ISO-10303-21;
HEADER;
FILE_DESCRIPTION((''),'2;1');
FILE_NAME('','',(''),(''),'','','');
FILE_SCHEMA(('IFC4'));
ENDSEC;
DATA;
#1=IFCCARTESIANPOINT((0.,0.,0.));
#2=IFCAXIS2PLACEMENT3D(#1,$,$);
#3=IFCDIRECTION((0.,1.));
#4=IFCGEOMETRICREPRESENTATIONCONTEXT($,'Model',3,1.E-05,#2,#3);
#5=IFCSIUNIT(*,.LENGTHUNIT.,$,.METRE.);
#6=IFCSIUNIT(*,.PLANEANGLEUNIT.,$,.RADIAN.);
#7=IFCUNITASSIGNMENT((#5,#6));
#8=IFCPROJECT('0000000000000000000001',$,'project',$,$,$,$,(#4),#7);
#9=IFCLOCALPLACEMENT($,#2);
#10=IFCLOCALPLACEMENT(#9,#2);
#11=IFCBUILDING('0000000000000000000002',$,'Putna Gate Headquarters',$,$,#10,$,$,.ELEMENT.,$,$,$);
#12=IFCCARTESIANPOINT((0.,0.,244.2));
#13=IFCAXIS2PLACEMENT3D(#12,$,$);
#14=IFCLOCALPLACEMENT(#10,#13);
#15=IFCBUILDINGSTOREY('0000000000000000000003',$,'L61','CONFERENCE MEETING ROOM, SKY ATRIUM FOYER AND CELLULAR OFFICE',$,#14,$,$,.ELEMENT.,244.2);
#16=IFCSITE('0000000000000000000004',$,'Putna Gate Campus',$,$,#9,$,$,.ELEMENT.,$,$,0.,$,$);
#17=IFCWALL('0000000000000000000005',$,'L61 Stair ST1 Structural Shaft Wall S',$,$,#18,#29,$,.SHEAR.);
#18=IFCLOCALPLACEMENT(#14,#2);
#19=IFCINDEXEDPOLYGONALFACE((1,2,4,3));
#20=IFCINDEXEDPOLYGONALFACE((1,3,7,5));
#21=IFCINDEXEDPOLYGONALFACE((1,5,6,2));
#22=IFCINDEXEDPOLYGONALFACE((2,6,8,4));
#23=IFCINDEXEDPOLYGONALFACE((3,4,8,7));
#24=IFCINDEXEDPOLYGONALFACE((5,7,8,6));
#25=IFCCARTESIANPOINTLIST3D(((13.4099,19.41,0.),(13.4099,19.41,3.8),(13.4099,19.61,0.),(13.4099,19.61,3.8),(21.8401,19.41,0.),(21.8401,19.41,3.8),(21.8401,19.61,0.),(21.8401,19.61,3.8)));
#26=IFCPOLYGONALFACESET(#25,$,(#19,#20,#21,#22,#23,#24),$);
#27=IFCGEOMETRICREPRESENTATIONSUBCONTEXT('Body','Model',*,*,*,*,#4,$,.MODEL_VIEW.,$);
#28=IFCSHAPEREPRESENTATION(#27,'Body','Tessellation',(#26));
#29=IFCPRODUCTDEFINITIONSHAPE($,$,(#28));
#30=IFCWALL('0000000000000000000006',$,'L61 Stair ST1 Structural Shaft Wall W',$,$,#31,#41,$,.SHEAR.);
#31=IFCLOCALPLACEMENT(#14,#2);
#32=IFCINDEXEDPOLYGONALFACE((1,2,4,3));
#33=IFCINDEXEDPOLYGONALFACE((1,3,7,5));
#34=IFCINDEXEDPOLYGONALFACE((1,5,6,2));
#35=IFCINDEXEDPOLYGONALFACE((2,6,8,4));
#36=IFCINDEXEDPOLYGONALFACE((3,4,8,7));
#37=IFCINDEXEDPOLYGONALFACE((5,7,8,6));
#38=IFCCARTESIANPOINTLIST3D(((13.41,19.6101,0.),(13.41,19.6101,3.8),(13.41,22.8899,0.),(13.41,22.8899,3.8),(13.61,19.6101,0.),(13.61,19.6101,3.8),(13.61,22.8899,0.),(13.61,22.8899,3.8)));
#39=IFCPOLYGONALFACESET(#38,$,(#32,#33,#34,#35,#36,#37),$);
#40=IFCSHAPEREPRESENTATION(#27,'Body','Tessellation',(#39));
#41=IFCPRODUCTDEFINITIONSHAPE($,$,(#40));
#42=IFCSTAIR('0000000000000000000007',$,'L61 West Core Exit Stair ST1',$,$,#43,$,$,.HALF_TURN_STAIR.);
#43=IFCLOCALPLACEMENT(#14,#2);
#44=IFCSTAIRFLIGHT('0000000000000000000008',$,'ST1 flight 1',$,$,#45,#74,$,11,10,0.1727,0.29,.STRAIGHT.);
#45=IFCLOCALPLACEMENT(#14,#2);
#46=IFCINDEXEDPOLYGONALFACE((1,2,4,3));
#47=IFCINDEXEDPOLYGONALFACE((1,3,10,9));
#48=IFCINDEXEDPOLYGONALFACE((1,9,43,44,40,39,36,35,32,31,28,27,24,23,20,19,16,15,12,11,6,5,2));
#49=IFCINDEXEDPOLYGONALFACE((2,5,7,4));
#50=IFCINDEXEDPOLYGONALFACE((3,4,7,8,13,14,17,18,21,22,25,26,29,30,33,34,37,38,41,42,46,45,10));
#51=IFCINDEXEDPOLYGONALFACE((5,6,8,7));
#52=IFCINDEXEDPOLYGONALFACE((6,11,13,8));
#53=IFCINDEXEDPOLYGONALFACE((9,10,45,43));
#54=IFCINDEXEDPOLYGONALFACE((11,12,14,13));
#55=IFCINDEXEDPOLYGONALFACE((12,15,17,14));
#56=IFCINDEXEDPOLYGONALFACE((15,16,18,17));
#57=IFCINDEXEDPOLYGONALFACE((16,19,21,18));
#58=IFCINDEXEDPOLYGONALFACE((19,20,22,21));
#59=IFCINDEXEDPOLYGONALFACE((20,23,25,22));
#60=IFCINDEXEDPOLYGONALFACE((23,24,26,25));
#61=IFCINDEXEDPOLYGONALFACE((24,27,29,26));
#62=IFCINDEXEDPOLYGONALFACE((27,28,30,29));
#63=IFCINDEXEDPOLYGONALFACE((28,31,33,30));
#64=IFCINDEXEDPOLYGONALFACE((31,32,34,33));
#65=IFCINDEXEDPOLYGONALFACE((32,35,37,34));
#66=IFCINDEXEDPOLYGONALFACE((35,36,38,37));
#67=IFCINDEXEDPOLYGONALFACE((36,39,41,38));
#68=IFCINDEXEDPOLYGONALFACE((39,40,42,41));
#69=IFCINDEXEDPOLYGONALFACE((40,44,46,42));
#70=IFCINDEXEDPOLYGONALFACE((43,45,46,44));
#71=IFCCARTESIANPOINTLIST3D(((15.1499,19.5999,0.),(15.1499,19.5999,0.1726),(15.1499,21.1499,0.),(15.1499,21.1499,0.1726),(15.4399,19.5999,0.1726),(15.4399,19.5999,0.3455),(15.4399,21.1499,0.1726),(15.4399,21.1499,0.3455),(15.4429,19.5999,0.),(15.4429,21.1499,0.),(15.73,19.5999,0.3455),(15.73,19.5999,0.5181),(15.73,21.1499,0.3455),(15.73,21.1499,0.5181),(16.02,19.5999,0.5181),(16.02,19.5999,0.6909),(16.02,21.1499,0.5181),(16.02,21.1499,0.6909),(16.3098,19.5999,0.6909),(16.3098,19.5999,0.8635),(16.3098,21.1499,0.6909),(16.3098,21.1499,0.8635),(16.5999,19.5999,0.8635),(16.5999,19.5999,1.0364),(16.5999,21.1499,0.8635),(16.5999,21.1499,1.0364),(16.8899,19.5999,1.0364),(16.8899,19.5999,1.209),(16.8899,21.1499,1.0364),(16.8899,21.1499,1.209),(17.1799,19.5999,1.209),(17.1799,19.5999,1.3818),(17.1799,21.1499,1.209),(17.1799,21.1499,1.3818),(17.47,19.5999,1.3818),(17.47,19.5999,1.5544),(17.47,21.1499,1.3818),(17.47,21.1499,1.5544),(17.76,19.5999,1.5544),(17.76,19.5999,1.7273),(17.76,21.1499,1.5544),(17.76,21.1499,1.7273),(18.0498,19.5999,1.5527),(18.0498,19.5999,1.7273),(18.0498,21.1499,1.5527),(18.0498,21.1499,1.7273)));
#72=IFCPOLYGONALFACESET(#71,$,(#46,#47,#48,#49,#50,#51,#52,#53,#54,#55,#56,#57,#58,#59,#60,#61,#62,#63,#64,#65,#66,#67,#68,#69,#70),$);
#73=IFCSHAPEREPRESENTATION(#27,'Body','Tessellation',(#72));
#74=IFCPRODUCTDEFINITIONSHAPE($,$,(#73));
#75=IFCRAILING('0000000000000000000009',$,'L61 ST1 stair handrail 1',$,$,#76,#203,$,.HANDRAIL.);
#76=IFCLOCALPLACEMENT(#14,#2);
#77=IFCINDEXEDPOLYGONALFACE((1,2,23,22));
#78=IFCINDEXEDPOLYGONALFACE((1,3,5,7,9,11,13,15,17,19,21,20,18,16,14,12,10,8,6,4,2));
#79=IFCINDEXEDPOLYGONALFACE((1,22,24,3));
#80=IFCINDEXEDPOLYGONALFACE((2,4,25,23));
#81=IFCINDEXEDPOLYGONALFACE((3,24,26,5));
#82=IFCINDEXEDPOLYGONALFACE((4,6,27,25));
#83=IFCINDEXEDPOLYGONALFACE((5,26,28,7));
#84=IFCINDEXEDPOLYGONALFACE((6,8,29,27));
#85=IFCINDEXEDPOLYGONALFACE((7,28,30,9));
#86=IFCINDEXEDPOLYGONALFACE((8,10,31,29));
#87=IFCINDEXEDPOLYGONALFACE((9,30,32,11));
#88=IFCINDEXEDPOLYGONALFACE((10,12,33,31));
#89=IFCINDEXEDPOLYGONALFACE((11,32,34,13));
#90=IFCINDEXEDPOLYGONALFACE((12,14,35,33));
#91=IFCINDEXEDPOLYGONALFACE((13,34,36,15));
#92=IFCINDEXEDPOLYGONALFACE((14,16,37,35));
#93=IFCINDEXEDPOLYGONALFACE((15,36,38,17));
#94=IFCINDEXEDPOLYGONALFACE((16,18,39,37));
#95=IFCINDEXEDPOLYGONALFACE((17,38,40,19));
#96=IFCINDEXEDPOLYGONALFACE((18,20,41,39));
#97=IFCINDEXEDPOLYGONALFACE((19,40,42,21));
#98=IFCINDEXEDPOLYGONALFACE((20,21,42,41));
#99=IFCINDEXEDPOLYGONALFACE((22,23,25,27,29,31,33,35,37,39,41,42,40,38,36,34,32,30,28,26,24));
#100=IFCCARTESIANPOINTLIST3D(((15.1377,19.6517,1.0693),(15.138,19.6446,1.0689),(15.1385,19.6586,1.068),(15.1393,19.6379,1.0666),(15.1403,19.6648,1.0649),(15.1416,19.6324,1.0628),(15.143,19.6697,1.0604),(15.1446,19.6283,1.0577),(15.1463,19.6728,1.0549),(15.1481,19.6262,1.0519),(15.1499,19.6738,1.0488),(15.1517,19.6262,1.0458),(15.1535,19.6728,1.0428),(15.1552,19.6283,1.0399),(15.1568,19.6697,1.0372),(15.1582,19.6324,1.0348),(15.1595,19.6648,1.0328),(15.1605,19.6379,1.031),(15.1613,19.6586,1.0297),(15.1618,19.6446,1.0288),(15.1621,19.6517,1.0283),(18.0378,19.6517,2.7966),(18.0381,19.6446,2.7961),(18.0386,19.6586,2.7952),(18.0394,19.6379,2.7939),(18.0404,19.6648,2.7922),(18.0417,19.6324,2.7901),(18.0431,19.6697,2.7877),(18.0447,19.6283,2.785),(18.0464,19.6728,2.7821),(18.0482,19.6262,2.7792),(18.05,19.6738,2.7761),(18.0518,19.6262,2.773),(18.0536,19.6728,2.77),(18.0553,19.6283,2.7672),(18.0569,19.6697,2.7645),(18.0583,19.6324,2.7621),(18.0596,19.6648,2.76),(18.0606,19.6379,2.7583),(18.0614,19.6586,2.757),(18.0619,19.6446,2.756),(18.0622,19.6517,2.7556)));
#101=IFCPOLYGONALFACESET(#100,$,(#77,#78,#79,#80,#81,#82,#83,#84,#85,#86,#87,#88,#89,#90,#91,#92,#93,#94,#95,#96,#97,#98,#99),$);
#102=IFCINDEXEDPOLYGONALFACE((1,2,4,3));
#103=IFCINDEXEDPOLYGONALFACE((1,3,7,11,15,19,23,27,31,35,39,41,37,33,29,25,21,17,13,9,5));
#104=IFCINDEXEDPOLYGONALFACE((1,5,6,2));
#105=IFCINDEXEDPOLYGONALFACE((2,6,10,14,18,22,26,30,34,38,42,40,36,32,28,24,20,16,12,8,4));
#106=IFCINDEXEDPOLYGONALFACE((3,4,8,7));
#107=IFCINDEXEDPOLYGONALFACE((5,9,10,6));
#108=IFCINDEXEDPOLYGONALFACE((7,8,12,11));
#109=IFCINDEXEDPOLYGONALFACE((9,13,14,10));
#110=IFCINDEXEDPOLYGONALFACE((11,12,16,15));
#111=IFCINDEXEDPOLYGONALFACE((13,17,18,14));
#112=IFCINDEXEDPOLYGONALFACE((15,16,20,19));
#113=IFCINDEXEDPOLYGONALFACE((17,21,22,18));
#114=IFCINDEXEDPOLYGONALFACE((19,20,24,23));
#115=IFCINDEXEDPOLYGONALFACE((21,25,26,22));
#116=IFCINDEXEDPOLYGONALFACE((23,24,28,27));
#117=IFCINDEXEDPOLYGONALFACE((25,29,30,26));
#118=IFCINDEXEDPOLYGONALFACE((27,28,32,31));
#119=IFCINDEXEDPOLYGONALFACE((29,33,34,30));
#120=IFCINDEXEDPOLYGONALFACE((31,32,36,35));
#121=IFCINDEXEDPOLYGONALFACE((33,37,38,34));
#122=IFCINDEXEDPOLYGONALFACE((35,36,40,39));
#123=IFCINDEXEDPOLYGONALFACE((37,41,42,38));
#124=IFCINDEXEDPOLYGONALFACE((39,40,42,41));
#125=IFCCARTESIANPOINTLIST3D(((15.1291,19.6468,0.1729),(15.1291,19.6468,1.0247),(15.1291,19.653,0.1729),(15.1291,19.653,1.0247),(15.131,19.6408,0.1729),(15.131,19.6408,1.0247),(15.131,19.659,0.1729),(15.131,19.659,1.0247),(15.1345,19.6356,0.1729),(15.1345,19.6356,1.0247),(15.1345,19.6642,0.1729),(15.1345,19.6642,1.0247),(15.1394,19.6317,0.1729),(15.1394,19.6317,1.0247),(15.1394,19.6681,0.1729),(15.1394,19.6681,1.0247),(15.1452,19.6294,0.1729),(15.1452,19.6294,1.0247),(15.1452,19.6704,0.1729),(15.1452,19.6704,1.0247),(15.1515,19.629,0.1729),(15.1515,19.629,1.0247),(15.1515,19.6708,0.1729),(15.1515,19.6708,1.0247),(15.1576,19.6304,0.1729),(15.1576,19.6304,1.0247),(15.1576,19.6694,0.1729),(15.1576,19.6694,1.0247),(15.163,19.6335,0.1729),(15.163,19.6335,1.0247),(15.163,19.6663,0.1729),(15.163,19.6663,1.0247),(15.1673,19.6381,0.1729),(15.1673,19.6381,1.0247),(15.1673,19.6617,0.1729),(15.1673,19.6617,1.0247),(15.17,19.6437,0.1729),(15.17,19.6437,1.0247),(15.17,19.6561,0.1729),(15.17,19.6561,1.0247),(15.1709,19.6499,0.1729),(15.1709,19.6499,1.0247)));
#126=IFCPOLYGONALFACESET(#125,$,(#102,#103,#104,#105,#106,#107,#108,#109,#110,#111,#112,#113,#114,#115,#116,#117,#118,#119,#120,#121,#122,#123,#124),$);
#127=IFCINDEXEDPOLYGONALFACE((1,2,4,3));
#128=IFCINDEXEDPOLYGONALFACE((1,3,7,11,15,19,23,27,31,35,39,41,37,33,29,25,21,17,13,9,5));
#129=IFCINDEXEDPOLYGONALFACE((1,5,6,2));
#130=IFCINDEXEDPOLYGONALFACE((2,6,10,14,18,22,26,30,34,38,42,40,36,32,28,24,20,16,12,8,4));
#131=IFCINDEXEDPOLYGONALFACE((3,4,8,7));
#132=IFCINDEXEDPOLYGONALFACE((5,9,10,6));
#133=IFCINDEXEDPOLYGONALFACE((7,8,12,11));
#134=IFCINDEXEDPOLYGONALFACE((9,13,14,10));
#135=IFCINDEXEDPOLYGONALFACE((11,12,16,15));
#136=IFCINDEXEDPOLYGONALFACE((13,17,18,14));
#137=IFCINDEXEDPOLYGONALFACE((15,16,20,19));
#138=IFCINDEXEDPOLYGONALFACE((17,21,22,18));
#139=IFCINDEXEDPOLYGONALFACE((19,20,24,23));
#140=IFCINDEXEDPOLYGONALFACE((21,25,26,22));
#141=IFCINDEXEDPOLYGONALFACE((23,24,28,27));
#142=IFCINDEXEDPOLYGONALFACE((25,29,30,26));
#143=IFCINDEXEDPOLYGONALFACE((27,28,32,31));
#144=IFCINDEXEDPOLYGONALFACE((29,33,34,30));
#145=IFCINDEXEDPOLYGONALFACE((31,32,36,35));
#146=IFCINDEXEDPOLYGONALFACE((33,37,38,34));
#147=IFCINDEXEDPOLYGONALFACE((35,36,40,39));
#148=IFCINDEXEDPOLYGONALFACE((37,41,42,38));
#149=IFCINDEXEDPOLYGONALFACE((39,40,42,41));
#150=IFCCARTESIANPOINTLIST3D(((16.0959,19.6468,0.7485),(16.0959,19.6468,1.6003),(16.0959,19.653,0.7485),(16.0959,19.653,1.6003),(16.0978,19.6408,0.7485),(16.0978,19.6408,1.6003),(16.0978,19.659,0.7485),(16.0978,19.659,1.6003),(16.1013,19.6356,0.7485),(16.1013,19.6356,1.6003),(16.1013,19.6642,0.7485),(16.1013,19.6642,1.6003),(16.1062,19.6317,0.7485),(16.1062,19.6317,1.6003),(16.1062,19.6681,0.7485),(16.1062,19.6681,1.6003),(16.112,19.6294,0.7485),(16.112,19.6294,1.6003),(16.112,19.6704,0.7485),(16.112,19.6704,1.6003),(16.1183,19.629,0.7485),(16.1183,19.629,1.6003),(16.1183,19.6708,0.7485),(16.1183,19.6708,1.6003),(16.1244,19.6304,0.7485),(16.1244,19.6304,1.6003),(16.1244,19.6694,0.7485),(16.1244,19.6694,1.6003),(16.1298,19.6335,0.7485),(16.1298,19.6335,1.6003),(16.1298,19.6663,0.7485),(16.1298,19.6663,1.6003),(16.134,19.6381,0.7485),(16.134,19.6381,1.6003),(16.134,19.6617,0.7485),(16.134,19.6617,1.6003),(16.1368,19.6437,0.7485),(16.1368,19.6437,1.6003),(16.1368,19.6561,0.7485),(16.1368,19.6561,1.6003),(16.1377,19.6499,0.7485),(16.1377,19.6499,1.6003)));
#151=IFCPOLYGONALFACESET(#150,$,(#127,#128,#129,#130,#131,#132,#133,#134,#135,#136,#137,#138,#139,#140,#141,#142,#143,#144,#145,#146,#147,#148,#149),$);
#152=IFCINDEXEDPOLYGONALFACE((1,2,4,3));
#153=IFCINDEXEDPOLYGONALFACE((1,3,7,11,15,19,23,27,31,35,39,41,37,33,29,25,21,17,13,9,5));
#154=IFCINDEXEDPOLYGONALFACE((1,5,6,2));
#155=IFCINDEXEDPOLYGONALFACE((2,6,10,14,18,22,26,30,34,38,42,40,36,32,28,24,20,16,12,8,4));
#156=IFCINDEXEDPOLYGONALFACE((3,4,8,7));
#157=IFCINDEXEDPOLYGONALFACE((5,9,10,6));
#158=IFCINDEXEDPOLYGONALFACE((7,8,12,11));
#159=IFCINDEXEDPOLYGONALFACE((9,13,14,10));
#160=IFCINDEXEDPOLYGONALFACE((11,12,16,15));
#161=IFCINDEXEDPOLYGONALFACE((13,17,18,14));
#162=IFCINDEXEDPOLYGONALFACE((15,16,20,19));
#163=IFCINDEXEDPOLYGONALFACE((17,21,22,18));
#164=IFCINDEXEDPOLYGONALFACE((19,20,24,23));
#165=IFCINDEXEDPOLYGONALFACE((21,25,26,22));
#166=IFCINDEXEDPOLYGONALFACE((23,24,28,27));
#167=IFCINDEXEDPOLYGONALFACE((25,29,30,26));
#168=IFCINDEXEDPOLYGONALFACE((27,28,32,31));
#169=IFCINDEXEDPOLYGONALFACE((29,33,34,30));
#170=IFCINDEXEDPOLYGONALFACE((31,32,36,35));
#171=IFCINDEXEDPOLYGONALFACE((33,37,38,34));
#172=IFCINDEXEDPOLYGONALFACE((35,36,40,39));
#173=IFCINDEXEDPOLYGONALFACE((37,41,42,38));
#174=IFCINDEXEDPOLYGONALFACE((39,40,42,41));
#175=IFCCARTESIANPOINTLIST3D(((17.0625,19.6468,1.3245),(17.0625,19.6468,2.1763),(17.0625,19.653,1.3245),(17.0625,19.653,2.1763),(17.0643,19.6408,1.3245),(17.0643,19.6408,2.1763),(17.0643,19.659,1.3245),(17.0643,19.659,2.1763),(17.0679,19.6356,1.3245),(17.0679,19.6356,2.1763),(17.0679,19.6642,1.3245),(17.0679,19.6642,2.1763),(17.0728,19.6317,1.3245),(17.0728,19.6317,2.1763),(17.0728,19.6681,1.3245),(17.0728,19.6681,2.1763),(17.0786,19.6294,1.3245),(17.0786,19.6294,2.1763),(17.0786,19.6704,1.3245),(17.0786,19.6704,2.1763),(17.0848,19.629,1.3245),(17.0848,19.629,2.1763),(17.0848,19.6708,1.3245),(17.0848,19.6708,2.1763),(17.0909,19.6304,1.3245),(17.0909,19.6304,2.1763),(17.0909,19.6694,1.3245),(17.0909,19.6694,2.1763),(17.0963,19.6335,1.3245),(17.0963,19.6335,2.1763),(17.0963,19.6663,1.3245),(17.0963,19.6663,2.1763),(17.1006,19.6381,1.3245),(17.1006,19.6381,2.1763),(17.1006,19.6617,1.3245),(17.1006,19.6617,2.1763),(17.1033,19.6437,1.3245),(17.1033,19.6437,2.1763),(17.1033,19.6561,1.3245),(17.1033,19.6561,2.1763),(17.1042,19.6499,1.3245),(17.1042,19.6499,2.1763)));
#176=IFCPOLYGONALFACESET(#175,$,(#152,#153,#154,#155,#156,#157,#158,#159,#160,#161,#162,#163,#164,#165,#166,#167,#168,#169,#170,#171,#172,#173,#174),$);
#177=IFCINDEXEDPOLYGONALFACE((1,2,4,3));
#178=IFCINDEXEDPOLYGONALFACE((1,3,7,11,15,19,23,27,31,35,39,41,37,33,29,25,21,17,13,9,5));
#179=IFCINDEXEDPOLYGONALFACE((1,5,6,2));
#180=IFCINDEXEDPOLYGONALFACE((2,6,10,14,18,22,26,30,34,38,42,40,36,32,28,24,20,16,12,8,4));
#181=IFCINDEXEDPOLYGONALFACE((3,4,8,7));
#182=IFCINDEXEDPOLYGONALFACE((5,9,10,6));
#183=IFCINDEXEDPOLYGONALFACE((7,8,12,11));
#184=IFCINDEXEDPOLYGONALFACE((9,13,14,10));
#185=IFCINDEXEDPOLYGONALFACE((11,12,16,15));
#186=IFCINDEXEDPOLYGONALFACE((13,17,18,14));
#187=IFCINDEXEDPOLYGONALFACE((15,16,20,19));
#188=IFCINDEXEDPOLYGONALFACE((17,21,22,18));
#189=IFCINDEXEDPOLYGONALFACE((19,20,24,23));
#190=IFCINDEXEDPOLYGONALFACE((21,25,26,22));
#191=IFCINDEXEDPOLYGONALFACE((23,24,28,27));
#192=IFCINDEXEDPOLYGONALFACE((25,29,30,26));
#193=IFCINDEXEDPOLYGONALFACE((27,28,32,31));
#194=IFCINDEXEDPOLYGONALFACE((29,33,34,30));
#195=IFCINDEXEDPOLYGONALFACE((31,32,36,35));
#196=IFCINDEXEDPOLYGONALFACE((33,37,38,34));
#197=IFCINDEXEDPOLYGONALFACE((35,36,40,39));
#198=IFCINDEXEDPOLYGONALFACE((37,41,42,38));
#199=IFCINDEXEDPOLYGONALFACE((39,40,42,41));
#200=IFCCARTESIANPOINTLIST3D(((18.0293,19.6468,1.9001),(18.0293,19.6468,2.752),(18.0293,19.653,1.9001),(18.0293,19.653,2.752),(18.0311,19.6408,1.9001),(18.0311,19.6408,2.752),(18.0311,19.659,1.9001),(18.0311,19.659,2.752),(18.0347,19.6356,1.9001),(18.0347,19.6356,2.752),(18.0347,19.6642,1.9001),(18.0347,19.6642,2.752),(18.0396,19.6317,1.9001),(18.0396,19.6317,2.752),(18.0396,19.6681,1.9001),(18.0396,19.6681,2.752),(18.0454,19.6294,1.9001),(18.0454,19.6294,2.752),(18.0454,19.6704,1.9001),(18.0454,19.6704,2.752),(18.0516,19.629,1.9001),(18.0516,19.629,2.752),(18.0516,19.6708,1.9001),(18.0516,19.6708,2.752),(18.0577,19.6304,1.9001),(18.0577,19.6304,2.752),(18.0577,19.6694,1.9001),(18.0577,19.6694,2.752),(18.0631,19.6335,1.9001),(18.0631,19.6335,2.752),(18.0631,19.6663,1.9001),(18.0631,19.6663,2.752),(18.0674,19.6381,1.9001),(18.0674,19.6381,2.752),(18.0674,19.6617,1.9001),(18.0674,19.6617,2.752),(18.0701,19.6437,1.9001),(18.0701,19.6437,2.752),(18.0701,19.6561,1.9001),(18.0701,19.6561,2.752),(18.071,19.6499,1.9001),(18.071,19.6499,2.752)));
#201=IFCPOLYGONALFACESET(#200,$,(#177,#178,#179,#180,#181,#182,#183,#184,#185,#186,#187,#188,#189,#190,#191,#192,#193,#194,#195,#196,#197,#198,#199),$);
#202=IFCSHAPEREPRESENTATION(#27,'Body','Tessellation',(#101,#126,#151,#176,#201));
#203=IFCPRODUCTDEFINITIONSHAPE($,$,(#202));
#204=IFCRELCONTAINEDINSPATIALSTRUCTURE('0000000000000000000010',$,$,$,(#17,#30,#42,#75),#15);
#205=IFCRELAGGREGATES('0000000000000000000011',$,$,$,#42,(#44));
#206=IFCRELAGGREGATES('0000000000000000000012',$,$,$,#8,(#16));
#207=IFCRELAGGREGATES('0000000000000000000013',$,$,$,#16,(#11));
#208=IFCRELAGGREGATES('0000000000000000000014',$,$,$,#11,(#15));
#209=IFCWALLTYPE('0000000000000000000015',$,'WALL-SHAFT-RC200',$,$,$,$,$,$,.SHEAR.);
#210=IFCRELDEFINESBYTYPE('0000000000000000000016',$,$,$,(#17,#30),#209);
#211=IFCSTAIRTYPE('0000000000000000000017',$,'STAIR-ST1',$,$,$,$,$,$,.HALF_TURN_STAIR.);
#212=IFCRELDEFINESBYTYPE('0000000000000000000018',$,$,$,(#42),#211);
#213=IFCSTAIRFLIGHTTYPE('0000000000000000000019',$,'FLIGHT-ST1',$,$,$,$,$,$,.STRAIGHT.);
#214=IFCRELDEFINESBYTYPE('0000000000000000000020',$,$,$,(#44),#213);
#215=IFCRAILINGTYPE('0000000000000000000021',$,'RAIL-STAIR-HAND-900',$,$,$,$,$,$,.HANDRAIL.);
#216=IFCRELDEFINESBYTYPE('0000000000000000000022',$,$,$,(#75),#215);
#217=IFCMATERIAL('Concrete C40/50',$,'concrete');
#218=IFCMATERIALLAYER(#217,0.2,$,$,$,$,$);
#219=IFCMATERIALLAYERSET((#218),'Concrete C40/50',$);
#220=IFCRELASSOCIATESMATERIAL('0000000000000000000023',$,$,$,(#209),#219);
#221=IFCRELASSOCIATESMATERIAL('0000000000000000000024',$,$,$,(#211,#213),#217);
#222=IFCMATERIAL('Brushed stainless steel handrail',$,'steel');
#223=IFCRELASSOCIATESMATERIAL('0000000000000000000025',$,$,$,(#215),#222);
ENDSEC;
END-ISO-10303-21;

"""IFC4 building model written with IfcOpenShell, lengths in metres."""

from ifc_helpers import new_model, si_unit, direction, frame, frame_2d, origin, origin_2d, place, context, subcontext, project, spatial, polyline, rectangle, circle, outline, extrude, material, layer, layer_set, type_object, element, aggregate, save


model = new_model("IFC4")

# Units and contexts
model_context = context("Model", 3, precision=1e-05, world=origin(), true_north=direction((0.0, 1.0)))
body_context = subcontext(model_context, "Body", "Model", "MODEL_VIEW")
ifc_project = project(units=[si_unit("LENGTHUNIT", "METRE"), si_unit("PLANEANGLEUNIT", "RADIAN")], contexts=[model_context])

# Site, building, storey
site_placement = place(None, origin())
site = spatial("IfcSite", under=ifc_project, at=site_placement, Name="Putna Gate Campus", CompositionType="ELEMENT", RefElevation=0.0)
building_placement = place(site_placement, origin())
building = spatial("IfcBuilding", under=site, at=building_placement, Name="Putna Gate Headquarters", CompositionType="ELEMENT")
storey_placement = place(building_placement, frame((0.0, 0.0, 244.2)))
storey = spatial("IfcBuildingStorey", under=building, at=storey_placement, Name="L61", Description="CONFERENCE MEETING ROOM, SKY ATRIUM FOYER AND CELLULAR OFFICE", CompositionType="ELEMENT", Elevation=244.2)

# Walls
ifc_material_1 = material(Name="Concrete C40/50", Category="concrete")
ifc_layer_1 = layer(ifc_material_1, 0.2)
ifc_layer_set_1 = layer_set([ifc_layer_1], Name="Concrete C40/50")
wall_type_1 = type_object("IfcWallType", Name="WALL-SHAFT-RC200", PredefinedType="SHEAR", material=ifc_layer_set_1)
wall_1_placement = place(storey_placement, frame((13.4099, 19.51, 0.0), z_axis=(0.0, 0.0, 1.0), x_axis=(1.0, 0.0, 0.0)))
element("IfcWall", 1, at=wall_1_placement, inside=storey, type_object=wall_type_1, Name="L61 Stair ST1 Structural Shaft Wall S", PredefinedType="SHEAR", context=body_context, shape_type="SweptSolid", body=[
    extrude(rectangle(XDim=8.4302, YDim=0.2, at=frame_2d((4.2151, 0.0))), origin(), (0.0, 0.0, 1.0), 3.8),
])
wall_2_placement = place(storey_placement, frame((13.51, 19.6101, 0.0), z_axis=(0.0, 0.0, 1.0), x_axis=(0.0, 1.0, 0.0)))
element("IfcWall", 2, at=wall_2_placement, inside=storey, type_object=wall_type_1, Name="L61 Stair ST1 Structural Shaft Wall W", PredefinedType="SHEAR", context=body_context, shape_type="SweptSolid", body=[
    extrude(rectangle(XDim=3.2798, YDim=0.2, at=frame_2d((1.6399, 0.0))), origin(), (0.0, 0.0, 1.0), 3.8),
])

# Stair, stair flight
stair_type = type_object("IfcStairType", Name="STAIR-ST1", PredefinedType="HALF_TURN_STAIR", material=ifc_material_1)
stair_placement = place(storey_placement, origin())
stair = element("IfcStair", 3, at=stair_placement, inside=storey, type_object=stair_type, Name="L61 West Core Exit Stair ST1", PredefinedType="HALF_TURN_STAIR")
stair_flight_type = type_object("IfcStairFlightType", Name="FLIGHT-ST1", PredefinedType="STRAIGHT", material=ifc_material_1)
stair_flight_placement = place(storey_placement, frame((15.1499, 20.375, 0.0), z_axis=(0.0, 0.0, 1.0), x_axis=(1.0, 0.0, 0.0)))
stair_flight = element("IfcStairFlight", 4, at=stair_flight_placement, type_object=stair_flight_type, Name="ST1 flight 1", NumberOfRisers=11, NumberOfTreads=10, PredefinedType="STRAIGHT", RiserHeight=0.1727, TreadLength=0.29, context=body_context, shape_type="SweptSolid", body=[
    extrude(outline(polyline([(0.0, 0.0), (0.0, 0.1726), (0.29, 0.1726), (0.29, 0.3455), (0.5801, 0.3455), (0.5801, 0.5181), (0.8701, 0.5181), (0.8701, 0.6909), (1.1599, 0.6909), (1.1599, 0.8635), (1.45, 0.8635), (1.45, 1.0364), (1.74, 1.0364), (1.74, 1.209), (2.03, 1.209), (2.03, 1.3818), (2.3201, 1.3818), (2.3201, 1.5544), (2.6101, 1.5544), (2.6101, 1.7273), (2.8999, 1.7273), (2.8999, 1.8999), (2.8999, 1.5527), (0.293, 0.0), (0.0, 0.0)])), frame((0.0, 0.7749, 0.0), z_axis=(0.0, -1.0, 0.0), x_axis=(1.0, 0.0, 0.0)), (0.0, 0.0, 1.0), 1.55),
])
aggregate(stair, [stair_flight])

# Railing
ifc_material_2 = material(Name="Brushed stainless steel handrail", Category="steel")
railing_type = type_object("IfcRailingType", Name="RAIL-STAIR-HAND-900", PredefinedType="HANDRAIL", material=ifc_material_2)
railing_placement = place(storey_placement, frame((15.1499, 19.6499, 0.1729)))
element("IfcRailing", 5, at=railing_placement, inside=storey, type_object=railing_type, Name="L61 ST1 stair handrail 1", PredefinedType="HANDRAIL", context=body_context, shape_type="SweptSolid", body=[
    extrude(circle(Radius=0.0239, at=origin_2d()), frame((0.0, 0.0, 0.876), z_axis=(0.85916, 0.0, 0.511706), x_axis=(0.0, 1.0, 0.0)), (0.0, 0.0, 1.0), 3.3755),
    extrude(circle(Radius=0.021, at=origin_2d()), origin(), (0.0, 0.0, 1.0), 0.8518),
    extrude(circle(Radius=0.021, at=origin_2d()), frame((0.9668, 0.0, 0.5757)), (0.0, 0.0, 1.0), 0.8518),
    extrude(circle(Radius=0.021, at=origin_2d()), frame((1.9333, 0.0, 1.1516)), (0.0, 0.0, 1.0), 0.8518),
    extrude(circle(Radius=0.021, at=origin_2d()), frame((2.9001, 0.0, 1.7273)), (0.0, 0.0, 1.0), 0.8518),
])

save(model, "model.ifc")
